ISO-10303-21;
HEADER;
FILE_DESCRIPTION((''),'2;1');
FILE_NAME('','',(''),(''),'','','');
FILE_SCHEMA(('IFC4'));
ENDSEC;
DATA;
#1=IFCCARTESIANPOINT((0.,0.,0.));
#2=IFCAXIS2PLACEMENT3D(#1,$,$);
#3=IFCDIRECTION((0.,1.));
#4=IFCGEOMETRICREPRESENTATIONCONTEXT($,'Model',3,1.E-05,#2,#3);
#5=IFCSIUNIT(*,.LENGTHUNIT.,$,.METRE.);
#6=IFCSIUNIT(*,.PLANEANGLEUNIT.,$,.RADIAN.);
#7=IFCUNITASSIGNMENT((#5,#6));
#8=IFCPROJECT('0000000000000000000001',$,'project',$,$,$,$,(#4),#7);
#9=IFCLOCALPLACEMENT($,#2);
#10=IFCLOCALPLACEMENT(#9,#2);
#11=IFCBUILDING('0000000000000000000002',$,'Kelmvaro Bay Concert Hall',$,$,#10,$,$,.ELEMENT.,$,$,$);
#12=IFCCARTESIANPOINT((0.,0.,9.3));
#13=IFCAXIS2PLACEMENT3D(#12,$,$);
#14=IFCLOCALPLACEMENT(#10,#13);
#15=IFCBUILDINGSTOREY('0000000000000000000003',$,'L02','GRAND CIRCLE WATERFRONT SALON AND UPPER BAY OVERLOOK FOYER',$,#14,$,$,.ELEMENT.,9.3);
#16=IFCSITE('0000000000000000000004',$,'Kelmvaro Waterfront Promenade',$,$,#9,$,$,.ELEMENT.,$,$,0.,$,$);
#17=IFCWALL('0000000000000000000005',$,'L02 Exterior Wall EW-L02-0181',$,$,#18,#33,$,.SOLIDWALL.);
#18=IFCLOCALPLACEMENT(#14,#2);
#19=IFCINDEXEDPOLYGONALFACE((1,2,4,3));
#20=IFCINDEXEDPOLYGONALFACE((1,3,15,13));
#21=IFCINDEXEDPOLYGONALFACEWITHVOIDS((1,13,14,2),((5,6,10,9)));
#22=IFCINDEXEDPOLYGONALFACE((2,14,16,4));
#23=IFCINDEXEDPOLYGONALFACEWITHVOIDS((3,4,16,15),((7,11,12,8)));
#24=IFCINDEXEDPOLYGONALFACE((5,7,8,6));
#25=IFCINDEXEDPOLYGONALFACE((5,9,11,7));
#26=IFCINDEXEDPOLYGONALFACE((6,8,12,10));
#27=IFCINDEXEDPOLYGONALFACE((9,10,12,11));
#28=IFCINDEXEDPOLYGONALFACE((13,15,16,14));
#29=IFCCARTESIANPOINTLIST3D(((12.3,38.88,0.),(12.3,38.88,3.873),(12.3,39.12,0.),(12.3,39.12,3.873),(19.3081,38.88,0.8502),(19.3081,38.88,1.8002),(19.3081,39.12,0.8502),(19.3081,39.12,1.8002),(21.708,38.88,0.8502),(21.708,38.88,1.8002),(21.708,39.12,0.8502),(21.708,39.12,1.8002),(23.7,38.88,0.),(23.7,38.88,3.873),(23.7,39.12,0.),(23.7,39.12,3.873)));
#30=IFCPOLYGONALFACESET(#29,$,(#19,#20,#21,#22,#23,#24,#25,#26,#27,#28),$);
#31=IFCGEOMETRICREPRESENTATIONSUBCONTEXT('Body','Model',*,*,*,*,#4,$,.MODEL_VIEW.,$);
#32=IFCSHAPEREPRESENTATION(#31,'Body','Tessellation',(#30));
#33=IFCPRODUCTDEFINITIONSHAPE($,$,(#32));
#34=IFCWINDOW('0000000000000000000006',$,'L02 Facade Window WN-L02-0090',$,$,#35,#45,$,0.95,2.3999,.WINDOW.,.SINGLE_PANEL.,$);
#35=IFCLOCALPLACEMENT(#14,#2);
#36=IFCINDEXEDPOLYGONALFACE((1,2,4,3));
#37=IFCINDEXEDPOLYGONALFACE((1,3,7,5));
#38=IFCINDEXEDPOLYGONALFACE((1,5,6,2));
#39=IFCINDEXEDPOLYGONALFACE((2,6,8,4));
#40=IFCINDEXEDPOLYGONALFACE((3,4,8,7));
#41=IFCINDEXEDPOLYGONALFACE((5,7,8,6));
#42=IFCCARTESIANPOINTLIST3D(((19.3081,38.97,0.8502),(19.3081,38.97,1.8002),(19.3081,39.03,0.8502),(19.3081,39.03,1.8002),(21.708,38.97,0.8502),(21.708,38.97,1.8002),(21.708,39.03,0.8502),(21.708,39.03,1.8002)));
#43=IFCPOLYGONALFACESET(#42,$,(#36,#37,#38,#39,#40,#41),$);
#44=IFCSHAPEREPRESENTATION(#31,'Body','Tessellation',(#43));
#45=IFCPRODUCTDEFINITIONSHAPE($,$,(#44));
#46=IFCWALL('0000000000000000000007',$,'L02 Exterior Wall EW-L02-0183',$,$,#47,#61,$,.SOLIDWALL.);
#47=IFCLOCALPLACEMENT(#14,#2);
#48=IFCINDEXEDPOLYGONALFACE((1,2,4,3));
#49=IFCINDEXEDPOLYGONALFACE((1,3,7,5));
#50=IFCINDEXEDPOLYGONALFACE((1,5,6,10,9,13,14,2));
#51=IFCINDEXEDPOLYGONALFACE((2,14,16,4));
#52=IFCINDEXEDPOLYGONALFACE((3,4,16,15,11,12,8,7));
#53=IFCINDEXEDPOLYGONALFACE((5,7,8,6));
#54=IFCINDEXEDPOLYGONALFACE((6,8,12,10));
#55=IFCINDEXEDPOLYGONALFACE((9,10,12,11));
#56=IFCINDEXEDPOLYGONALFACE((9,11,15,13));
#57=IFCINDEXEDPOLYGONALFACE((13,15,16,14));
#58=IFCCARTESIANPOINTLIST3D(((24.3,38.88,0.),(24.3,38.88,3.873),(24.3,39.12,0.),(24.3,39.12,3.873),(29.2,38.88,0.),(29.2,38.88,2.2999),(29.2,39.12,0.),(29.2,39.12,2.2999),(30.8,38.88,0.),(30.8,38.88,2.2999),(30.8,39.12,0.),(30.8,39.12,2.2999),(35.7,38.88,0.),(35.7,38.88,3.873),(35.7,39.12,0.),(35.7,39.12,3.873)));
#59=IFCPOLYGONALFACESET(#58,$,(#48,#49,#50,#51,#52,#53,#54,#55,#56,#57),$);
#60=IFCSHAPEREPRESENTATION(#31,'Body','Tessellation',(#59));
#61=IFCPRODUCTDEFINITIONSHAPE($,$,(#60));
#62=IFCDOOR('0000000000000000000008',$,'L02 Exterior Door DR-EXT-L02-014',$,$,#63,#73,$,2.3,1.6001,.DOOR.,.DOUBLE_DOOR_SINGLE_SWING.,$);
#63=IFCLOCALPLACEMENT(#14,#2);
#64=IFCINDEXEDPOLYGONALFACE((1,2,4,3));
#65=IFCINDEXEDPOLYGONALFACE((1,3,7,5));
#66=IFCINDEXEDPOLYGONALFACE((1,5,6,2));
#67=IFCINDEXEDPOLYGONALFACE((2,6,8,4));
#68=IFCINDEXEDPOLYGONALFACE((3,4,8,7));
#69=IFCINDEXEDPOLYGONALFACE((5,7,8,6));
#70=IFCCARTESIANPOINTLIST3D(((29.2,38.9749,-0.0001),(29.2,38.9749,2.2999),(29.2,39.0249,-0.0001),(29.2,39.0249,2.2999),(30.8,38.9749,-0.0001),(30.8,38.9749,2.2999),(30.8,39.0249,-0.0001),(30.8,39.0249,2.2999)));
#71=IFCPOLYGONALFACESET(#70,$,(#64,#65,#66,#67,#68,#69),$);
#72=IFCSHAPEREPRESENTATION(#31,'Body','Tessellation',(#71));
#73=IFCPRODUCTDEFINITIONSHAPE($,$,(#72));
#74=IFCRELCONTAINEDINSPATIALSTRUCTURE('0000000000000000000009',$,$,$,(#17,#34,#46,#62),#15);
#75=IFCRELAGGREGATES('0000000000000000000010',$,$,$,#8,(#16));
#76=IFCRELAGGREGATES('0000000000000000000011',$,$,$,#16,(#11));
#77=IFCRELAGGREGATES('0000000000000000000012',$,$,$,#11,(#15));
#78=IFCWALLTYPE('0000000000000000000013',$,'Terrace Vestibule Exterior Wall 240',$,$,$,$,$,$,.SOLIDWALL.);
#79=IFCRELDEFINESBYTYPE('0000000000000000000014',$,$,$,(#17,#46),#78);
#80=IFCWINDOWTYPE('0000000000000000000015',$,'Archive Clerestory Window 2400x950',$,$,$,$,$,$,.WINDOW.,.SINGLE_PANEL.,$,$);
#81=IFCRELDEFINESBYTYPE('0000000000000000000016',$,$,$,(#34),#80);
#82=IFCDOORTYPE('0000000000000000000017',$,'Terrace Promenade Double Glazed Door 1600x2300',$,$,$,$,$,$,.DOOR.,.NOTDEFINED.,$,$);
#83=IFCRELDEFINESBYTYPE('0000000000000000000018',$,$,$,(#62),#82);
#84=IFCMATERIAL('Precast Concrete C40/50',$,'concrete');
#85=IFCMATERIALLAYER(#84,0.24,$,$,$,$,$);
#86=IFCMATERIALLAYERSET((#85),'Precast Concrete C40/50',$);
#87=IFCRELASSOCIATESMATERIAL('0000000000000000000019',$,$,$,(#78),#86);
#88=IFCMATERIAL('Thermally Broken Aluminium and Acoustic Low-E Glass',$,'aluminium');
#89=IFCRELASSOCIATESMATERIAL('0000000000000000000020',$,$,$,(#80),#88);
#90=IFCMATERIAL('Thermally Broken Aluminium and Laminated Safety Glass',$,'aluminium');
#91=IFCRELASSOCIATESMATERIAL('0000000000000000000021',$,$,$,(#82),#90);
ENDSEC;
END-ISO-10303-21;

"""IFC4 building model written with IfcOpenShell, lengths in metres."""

from ifc_helpers import new_model, si_unit, direction, frame, frame_2d, origin, place, context, subcontext, project, spatial, rectangle, extrude, material, layer, layer_set, type_object, element, fill, save


model = new_model("IFC4")

# Units and contexts
model_context = context("Model", 3, precision=1e-05, world=origin(), true_north=direction((0.0, 1.0)))
body_context = subcontext(model_context, "Body", "Model", "MODEL_VIEW")
ifc_project = project(units=[si_unit("LENGTHUNIT", "METRE"), si_unit("PLANEANGLEUNIT", "RADIAN")], contexts=[model_context])

# Site, building, storey
site_placement = place(None, origin())
site = spatial("IfcSite", under=ifc_project, at=site_placement, Name="Kelmvaro Waterfront Promenade", CompositionType="ELEMENT", RefElevation=0.0)
building_placement = place(site_placement, origin())
building = spatial("IfcBuilding", under=site, at=building_placement, Name="Kelmvaro Bay Concert Hall", CompositionType="ELEMENT")
storey_placement = place(building_placement, frame((0.0, 0.0, 9.3)))
storey = spatial("IfcBuildingStorey", under=building, at=storey_placement, Name="L02", Description="GRAND CIRCLE WATERFRONT SALON AND UPPER BAY OVERLOOK FOYER", CompositionType="ELEMENT", Elevation=9.3)

# Wall, opening, window
ifc_material_1 = material(Name="Precast Concrete C40/50", Category="concrete")
ifc_layer_1 = layer(ifc_material_1, 0.24)
ifc_layer_set_1 = layer_set([ifc_layer_1], Name="Precast Concrete C40/50")
wall_type_1 = type_object("IfcWallType", Name="Terrace Vestibule Exterior Wall 240", PredefinedType="SOLIDWALL", material=ifc_layer_set_1)
wall_1_placement = place(storey_placement, frame((12.3, 39.0, 0.0), z_axis=(0.0, 0.0, 1.0), x_axis=(1.0, 0.0, 0.0)))
wall_1 = element("IfcWall", 1, at=wall_1_placement, inside=storey, type_object=wall_type_1, Name="L02 Exterior Wall EW-L02-0181", PredefinedType="SOLIDWALL", context=body_context, shape_type="SweptSolid", body=[
    extrude(rectangle(XDim=11.3999, YDim=0.24, at=frame_2d((5.7, 0.0))), origin(), (0.0, 0.0, 1.0), 3.873),
])
opening_1_placement = place(wall_1_placement, frame((7.0081, 0.0, 0.8501)))
opening_1 = element("IfcOpeningElement", 2, at=opening_1_placement, cuts=wall_1, PredefinedType="OPENING", context=body_context, shape_type="SweptSolid", body=[
    extrude(rectangle(XDim=2.3999, YDim=0.95, at=frame_2d((1.2, 0.4751))), frame((0.0, 0.1299, 0.0), z_axis=(0.0, -1.0, 0.0), x_axis=(1.0, 0.0, 0.0)), (0.0, 0.0, 1.0), 0.26),
])
ifc_material_2 = material(Name="Thermally Broken Aluminium and Acoustic Low-E Glass", Category="aluminium")
window_type = type_object("IfcWindowType", Name="Archive Clerestory Window 2400x950", PartitioningType="SINGLE_PANEL", PredefinedType="WINDOW", material=ifc_material_2)
window_placement = place(opening_1_placement, origin())
window = element("IfcWindow", 3, at=window_placement, inside=storey, type_object=window_type, Name="L02 Facade Window WN-L02-0090", OverallHeight=0.95, OverallWidth=2.3999, PartitioningType="SINGLE_PANEL", PredefinedType="WINDOW", context=body_context, shape_type="SweptSolid", body=[
    extrude(rectangle(XDim=2.3999, YDim=0.95, at=frame_2d((1.2, 0.4751))), frame((0.0, 0.03, 0.0), z_axis=(0.0, -1.0, 0.0), x_axis=(1.0, 0.0, 0.0)), (0.0, 0.0, 1.0), 0.0601),
])
fill(opening_1, window)

# Wall, opening, door
wall_2_placement = place(storey_placement, frame((24.3, 39.0, 0.0), z_axis=(0.0, 0.0, 1.0), x_axis=(1.0, 0.0, 0.0)))
wall_2 = element("IfcWall", 4, at=wall_2_placement, inside=storey, type_object=wall_type_1, Name="L02 Exterior Wall EW-L02-0183", PredefinedType="SOLIDWALL", context=body_context, shape_type="SweptSolid", body=[
    extrude(rectangle(XDim=11.3999, YDim=0.24, at=frame_2d((5.7, 0.0))), origin(), (0.0, 0.0, 1.0), 3.873),
])
opening_2_placement = place(wall_2_placement, frame((4.8999, 0.0, 0.0)))
opening_2 = element("IfcOpeningElement", 5, at=opening_2_placement, cuts=wall_2, PredefinedType="OPENING", context=body_context, shape_type="SweptSolid", body=[
    extrude(rectangle(XDim=1.6001, YDim=2.3, at=frame_2d((0.8, 1.1499))), frame((0.0, 0.1299, 0.0), z_axis=(0.0, -1.0, 0.0), x_axis=(1.0, 0.0, 0.0)), (0.0, 0.0, 1.0), 0.26),
])
ifc_material_3 = material(Name="Thermally Broken Aluminium and Laminated Safety Glass", Category="aluminium")
door_type_1 = type_object("IfcDoorType", Name="Terrace Promenade Double Glazed Door 1600x2300", OperationType="NOTDEFINED", PredefinedType="DOOR", material=ifc_material_3)
door_1_placement = place(opening_2_placement, origin())
door_1 = element("IfcDoor", 6, at=door_1_placement, inside=storey, type_object=door_type_1, Name="L02 Exterior Door DR-EXT-L02-014", OperationType="DOUBLE_DOOR_SINGLE_SWING", OverallHeight=2.3, OverallWidth=1.6001, PredefinedType="DOOR", context=body_context, shape_type="SweptSolid", body=[
    extrude(rectangle(XDim=1.6001, YDim=2.3, at=frame_2d((0.8, 1.1499))), frame((0.0, 0.0249, 0.0), z_axis=(0.0, -1.0, 0.0), x_axis=(1.0, 0.0, 0.0)), (0.0, 0.0, 1.0), 0.05),
])
fill(opening_2, door_1)

save(model, "model.ifc")
